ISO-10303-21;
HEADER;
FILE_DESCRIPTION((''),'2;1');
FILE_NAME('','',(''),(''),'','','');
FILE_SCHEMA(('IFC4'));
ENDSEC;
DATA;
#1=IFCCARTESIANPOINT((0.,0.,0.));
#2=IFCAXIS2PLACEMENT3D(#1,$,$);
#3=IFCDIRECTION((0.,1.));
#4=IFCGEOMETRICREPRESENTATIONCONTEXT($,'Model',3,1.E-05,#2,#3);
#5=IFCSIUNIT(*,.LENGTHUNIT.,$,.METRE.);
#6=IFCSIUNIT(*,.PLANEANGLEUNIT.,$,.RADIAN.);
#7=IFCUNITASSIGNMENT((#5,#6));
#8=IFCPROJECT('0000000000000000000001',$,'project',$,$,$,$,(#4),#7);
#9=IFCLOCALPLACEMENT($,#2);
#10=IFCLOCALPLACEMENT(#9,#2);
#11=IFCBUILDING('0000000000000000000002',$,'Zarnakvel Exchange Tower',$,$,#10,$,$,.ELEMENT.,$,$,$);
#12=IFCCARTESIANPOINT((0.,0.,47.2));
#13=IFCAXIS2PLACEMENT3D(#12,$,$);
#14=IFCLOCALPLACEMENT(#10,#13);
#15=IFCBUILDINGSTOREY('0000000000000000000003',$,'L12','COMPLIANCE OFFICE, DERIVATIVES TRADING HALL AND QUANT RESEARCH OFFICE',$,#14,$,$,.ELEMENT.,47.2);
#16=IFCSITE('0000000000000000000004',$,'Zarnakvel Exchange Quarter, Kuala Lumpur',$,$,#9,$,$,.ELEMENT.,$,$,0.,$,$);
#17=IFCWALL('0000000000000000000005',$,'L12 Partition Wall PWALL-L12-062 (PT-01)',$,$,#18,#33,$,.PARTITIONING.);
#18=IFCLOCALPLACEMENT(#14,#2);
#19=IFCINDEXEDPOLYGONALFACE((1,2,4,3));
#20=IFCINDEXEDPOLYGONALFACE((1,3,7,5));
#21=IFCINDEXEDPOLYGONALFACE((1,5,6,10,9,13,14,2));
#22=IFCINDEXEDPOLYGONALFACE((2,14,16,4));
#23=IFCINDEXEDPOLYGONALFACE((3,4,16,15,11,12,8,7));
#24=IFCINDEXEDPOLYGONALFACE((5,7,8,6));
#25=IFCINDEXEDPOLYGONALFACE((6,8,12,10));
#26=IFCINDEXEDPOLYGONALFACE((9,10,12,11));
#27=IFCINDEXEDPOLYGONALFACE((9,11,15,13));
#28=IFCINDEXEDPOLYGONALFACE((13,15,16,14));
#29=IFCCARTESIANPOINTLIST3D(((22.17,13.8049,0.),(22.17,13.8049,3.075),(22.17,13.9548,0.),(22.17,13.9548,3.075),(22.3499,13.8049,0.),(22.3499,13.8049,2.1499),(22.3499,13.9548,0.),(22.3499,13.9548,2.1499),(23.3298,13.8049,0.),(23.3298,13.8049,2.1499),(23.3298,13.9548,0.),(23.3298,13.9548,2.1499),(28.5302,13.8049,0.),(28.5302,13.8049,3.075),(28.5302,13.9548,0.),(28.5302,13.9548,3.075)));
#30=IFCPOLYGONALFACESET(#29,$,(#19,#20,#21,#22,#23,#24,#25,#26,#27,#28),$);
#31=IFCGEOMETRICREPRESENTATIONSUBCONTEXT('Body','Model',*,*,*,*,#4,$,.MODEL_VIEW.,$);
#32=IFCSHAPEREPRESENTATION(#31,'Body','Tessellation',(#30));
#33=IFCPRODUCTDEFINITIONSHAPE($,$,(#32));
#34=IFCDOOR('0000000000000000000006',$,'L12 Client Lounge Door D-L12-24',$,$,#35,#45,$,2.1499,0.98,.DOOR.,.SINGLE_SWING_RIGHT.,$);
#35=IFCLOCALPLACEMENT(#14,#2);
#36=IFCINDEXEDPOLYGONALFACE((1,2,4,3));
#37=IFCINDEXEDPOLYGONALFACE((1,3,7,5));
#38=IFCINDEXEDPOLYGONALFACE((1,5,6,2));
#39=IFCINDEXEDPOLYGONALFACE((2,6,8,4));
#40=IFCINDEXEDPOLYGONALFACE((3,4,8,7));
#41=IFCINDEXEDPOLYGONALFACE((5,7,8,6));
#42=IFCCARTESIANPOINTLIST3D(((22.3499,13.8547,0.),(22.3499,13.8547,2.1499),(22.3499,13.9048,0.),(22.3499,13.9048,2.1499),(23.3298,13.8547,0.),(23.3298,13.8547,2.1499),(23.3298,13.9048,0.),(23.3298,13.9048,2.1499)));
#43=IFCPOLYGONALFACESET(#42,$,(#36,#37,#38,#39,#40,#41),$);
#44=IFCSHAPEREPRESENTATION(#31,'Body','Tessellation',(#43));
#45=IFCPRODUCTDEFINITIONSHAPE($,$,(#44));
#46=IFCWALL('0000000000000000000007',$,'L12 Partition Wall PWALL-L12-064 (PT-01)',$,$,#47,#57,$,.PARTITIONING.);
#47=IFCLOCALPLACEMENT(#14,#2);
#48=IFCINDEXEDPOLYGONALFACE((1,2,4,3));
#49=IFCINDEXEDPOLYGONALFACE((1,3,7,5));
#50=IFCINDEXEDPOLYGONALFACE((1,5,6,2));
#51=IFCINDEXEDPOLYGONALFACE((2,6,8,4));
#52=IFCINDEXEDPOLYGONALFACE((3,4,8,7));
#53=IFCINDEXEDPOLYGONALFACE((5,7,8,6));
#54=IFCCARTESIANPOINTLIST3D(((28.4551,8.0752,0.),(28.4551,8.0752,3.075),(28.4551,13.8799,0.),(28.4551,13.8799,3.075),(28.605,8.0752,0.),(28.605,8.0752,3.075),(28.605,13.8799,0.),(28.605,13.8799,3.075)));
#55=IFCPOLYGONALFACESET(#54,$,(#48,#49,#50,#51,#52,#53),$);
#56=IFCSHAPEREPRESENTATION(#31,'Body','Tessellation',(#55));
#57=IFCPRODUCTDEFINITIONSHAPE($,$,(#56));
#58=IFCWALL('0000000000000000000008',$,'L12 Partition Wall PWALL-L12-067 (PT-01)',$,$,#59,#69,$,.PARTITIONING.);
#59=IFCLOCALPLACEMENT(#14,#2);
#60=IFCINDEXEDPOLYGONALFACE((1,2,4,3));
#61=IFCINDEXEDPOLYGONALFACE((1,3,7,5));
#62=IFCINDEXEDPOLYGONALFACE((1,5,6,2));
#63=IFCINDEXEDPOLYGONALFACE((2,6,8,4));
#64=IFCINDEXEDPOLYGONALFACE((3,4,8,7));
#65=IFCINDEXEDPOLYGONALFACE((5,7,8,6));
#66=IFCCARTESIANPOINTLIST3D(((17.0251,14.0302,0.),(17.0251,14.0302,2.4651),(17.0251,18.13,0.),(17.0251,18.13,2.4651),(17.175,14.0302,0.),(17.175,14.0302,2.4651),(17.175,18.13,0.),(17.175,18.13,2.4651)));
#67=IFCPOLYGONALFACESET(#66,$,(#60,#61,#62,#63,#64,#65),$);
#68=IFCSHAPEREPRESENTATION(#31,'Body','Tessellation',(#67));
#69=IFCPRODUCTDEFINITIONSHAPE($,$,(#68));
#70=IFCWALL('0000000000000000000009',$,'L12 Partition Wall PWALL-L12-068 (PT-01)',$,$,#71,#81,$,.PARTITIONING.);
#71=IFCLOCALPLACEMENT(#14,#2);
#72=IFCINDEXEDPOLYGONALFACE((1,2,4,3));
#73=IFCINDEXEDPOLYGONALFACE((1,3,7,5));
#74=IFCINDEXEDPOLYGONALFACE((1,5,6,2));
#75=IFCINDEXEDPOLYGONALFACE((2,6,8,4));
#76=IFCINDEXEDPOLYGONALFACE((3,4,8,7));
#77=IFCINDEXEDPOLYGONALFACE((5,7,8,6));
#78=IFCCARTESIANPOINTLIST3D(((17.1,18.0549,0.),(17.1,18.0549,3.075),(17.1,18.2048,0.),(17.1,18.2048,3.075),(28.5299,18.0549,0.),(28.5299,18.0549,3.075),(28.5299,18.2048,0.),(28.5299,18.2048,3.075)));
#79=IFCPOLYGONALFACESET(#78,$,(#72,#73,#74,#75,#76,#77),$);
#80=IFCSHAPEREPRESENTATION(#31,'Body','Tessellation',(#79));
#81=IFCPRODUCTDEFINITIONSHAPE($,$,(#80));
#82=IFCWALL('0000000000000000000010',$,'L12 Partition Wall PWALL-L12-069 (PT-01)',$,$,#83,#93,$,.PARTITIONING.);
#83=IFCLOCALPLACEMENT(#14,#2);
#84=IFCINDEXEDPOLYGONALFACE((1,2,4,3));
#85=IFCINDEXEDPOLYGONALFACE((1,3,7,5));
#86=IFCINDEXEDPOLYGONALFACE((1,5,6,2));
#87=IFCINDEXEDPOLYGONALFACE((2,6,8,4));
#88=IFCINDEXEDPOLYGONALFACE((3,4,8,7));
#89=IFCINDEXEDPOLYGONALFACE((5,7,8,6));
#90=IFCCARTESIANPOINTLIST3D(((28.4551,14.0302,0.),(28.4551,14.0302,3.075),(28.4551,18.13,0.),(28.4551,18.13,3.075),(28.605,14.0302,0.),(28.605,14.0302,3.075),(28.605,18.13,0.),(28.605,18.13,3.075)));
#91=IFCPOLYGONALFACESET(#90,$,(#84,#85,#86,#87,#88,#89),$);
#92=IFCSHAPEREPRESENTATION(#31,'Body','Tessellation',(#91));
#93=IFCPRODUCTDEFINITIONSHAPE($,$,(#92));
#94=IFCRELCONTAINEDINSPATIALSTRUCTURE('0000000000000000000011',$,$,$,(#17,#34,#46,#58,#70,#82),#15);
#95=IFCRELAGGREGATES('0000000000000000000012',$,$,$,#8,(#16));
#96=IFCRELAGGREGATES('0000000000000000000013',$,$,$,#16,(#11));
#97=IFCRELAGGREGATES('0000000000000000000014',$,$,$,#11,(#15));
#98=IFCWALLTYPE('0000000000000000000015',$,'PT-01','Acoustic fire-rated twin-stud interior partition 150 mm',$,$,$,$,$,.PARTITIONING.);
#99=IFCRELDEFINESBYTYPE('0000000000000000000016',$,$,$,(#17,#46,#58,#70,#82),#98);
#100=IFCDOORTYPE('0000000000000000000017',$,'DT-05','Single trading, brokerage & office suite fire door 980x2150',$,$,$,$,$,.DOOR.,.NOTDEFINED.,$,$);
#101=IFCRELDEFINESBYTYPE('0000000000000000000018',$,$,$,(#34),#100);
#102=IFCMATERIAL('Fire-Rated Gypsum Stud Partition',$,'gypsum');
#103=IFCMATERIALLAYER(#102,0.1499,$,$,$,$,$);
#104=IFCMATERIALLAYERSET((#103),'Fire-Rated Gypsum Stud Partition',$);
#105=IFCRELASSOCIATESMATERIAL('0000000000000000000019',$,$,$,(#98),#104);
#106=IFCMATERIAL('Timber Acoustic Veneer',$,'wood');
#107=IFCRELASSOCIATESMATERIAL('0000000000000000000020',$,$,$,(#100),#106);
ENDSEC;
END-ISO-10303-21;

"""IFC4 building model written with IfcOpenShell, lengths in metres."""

from ifc_helpers import new_model, si_unit, direction, frame, frame_2d, origin, place, context, subcontext, project, spatial, rectangle, extrude, source, transform, mapped, material, layer, layer_set, type_object, element, fill, save


model = new_model("IFC4")

# Units and contexts
model_context = context("Model", 3, precision=1e-05, world=origin(), true_north=direction((0.0, 1.0)))
body_context = subcontext(model_context, "Body", "Model", "MODEL_VIEW")
ifc_project = project(units=[si_unit("LENGTHUNIT", "METRE"), si_unit("PLANEANGLEUNIT", "RADIAN")], contexts=[model_context])

# Site, building, storey
site_placement = place(None, origin())
site = spatial("IfcSite", under=ifc_project, at=site_placement, Name="Zarnakvel Exchange Quarter, Kuala Lumpur", CompositionType="ELEMENT", RefElevation=0.0)
building_placement = place(site_placement, origin())
building = spatial("IfcBuilding", under=site, at=building_placement, Name="Zarnakvel Exchange Tower", CompositionType="ELEMENT")
storey_placement = place(building_placement, frame((0.0, 0.0, 47.2)))
storey = spatial("IfcBuildingStorey", under=building, at=storey_placement, Name="L12", Description="COMPLIANCE OFFICE, DERIVATIVES TRADING HALL AND QUANT RESEARCH OFFICE", CompositionType="ELEMENT", Elevation=47.2)

# Wall, opening, door
ifc_material_1 = material(Name="Fire-Rated Gypsum Stud Partition", Category="gypsum")
ifc_layer_1 = layer(ifc_material_1, 0.1499)
ifc_layer_set_1 = layer_set([ifc_layer_1], Name="Fire-Rated Gypsum Stud Partition")
wall_type_1 = type_object("IfcWallType", Name="PT-01", Description="Acoustic fire-rated twin-stud interior partition 150 mm", PredefinedType="PARTITIONING", material=ifc_layer_set_1)
wall_1_placement = place(storey_placement, frame((22.1699, 13.8799, 0.0), z_axis=(0.0, 0.0, 1.0), x_axis=(1.0, 0.0, 0.0)))
wall_1 = element("IfcWall", 1, at=wall_1_placement, inside=storey, type_object=wall_type_1, Name="L12 Partition Wall PWALL-L12-062 (PT-01)", PredefinedType="PARTITIONING", context=body_context, shape_type="SweptSolid", body=[
    extrude(rectangle(XDim=6.3601, YDim=0.1499, at=frame_2d((3.1802, 0.0))), origin(), (0.0, 0.0, 1.0), 3.075),
])
opening_placement = place(wall_1_placement, frame((0.1799, 0.0, 0.0)))
opening = element("IfcOpeningElement", 2, at=opening_placement, cuts=wall_1, PredefinedType="OPENING", context=body_context, shape_type="SweptSolid", body=[
    extrude(rectangle(XDim=0.98, YDim=2.1499, at=frame_2d((0.49, 1.075))), frame((0.0, 0.085, 0.0), z_axis=(0.0, -1.0, 0.0), x_axis=(1.0, 0.0, 0.0)), (0.0, 0.0, 1.0), 0.1699),
])
ifc_material_2 = material(Name="Timber Acoustic Veneer", Category="wood")
door_type = type_object("IfcDoorType", Name="DT-05", Description="Single trading, brokerage & office suite fire door 980x2150", OperationType="NOTDEFINED", PredefinedType="DOOR", material=ifc_material_2)
shared_shape_1 = source(origin(), body_context, "Body", "SweptSolid", [
    extrude(rectangle(XDim=0.98, YDim=2.1499, at=frame_2d((0.49, 1.075))), frame((0.0, 0.0249, 0.0), z_axis=(0.0, -1.0, 0.0), x_axis=(1.0, 0.0, 0.0)), (0.0, 0.0, 1.0), 0.05),
])
door_placement = place(opening_placement, origin())
door = element("IfcDoor", 3, at=door_placement, inside=storey, type_object=door_type, Name="L12 Client Lounge Door D-L12-24", OperationType="SINGLE_SWING_RIGHT", OverallHeight=2.1499, OverallWidth=0.98, PredefinedType="DOOR", context=body_context, shape_type="MappedRepresentation", body=[
    mapped(shared_shape_1, transform((0.0, 0.0, 0.0), x_axis=(1.0, 0.0, 0.0), y_axis=(0.0, 1.0, 0.0), z_axis=(0.0, 0.0, 1.0), scale=1.0)),
])
fill(opening, door)

# Walls
wall_2_placement = place(storey_placement, frame((28.53, 13.8799, 0.0), z_axis=(0.0, 0.0, 1.0), x_axis=(0.0, -1.0, 0.0)))
element("IfcWall", 4, at=wall_2_placement, inside=storey, type_object=wall_type_1, Name="L12 Partition Wall PWALL-L12-064 (PT-01)", PredefinedType="PARTITIONING", context=body_context, shape_type="SweptSolid", body=[
    extrude(rectangle(XDim=5.8047, YDim=0.1499, at=frame_2d((2.9023, 0.0))), origin(), (0.0, 0.0, 1.0), 3.075),
])
wall_3_placement = place(storey_placement, frame((17.1001, 18.1299, 0.0), z_axis=(0.0, 0.0, 1.0), x_axis=(0.0, -1.0, 0.0)))
element("IfcWall", 5, at=wall_3_placement, inside=storey, type_object=wall_type_1, Name="L12 Partition Wall PWALL-L12-067 (PT-01)", PredefinedType="PARTITIONING", context=body_context, shape_type="SweptSolid", body=[
    extrude(rectangle(XDim=4.0999, YDim=0.1499, at=frame_2d((2.0498, 0.0))), origin(), (0.0, 0.0, 1.0), 2.4651),
])
wall_4_placement = place(storey_placement, frame((17.1001, 18.1299, 0.0), z_axis=(0.0, 0.0, 1.0), x_axis=(1.0, 0.0, 0.0)))
element("IfcWall", 6, at=wall_4_placement, inside=storey, type_object=wall_type_1, Name="L12 Partition Wall PWALL-L12-068 (PT-01)", PredefinedType="PARTITIONING", context=body_context, shape_type="SweptSolid", body=[
    extrude(rectangle(XDim=11.4299, YDim=0.1499, at=frame_2d((5.7148, 0.0))), origin(), (0.0, 0.0, 1.0), 3.075),
])
wall_5_placement = place(storey_placement, frame((28.53, 18.1299, 0.0), z_axis=(0.0, 0.0, 1.0), x_axis=(0.0, -1.0, 0.0)))
element("IfcWall", 7, at=wall_5_placement, inside=storey, type_object=wall_type_1, Name="L12 Partition Wall PWALL-L12-069 (PT-01)", PredefinedType="PARTITIONING", context=body_context, shape_type="SweptSolid", body=[
    extrude(rectangle(XDim=4.0999, YDim=0.1499, at=frame_2d((2.0498, 0.0))), origin(), (0.0, 0.0, 1.0), 3.075),
])

save(model, "model.ifc")
